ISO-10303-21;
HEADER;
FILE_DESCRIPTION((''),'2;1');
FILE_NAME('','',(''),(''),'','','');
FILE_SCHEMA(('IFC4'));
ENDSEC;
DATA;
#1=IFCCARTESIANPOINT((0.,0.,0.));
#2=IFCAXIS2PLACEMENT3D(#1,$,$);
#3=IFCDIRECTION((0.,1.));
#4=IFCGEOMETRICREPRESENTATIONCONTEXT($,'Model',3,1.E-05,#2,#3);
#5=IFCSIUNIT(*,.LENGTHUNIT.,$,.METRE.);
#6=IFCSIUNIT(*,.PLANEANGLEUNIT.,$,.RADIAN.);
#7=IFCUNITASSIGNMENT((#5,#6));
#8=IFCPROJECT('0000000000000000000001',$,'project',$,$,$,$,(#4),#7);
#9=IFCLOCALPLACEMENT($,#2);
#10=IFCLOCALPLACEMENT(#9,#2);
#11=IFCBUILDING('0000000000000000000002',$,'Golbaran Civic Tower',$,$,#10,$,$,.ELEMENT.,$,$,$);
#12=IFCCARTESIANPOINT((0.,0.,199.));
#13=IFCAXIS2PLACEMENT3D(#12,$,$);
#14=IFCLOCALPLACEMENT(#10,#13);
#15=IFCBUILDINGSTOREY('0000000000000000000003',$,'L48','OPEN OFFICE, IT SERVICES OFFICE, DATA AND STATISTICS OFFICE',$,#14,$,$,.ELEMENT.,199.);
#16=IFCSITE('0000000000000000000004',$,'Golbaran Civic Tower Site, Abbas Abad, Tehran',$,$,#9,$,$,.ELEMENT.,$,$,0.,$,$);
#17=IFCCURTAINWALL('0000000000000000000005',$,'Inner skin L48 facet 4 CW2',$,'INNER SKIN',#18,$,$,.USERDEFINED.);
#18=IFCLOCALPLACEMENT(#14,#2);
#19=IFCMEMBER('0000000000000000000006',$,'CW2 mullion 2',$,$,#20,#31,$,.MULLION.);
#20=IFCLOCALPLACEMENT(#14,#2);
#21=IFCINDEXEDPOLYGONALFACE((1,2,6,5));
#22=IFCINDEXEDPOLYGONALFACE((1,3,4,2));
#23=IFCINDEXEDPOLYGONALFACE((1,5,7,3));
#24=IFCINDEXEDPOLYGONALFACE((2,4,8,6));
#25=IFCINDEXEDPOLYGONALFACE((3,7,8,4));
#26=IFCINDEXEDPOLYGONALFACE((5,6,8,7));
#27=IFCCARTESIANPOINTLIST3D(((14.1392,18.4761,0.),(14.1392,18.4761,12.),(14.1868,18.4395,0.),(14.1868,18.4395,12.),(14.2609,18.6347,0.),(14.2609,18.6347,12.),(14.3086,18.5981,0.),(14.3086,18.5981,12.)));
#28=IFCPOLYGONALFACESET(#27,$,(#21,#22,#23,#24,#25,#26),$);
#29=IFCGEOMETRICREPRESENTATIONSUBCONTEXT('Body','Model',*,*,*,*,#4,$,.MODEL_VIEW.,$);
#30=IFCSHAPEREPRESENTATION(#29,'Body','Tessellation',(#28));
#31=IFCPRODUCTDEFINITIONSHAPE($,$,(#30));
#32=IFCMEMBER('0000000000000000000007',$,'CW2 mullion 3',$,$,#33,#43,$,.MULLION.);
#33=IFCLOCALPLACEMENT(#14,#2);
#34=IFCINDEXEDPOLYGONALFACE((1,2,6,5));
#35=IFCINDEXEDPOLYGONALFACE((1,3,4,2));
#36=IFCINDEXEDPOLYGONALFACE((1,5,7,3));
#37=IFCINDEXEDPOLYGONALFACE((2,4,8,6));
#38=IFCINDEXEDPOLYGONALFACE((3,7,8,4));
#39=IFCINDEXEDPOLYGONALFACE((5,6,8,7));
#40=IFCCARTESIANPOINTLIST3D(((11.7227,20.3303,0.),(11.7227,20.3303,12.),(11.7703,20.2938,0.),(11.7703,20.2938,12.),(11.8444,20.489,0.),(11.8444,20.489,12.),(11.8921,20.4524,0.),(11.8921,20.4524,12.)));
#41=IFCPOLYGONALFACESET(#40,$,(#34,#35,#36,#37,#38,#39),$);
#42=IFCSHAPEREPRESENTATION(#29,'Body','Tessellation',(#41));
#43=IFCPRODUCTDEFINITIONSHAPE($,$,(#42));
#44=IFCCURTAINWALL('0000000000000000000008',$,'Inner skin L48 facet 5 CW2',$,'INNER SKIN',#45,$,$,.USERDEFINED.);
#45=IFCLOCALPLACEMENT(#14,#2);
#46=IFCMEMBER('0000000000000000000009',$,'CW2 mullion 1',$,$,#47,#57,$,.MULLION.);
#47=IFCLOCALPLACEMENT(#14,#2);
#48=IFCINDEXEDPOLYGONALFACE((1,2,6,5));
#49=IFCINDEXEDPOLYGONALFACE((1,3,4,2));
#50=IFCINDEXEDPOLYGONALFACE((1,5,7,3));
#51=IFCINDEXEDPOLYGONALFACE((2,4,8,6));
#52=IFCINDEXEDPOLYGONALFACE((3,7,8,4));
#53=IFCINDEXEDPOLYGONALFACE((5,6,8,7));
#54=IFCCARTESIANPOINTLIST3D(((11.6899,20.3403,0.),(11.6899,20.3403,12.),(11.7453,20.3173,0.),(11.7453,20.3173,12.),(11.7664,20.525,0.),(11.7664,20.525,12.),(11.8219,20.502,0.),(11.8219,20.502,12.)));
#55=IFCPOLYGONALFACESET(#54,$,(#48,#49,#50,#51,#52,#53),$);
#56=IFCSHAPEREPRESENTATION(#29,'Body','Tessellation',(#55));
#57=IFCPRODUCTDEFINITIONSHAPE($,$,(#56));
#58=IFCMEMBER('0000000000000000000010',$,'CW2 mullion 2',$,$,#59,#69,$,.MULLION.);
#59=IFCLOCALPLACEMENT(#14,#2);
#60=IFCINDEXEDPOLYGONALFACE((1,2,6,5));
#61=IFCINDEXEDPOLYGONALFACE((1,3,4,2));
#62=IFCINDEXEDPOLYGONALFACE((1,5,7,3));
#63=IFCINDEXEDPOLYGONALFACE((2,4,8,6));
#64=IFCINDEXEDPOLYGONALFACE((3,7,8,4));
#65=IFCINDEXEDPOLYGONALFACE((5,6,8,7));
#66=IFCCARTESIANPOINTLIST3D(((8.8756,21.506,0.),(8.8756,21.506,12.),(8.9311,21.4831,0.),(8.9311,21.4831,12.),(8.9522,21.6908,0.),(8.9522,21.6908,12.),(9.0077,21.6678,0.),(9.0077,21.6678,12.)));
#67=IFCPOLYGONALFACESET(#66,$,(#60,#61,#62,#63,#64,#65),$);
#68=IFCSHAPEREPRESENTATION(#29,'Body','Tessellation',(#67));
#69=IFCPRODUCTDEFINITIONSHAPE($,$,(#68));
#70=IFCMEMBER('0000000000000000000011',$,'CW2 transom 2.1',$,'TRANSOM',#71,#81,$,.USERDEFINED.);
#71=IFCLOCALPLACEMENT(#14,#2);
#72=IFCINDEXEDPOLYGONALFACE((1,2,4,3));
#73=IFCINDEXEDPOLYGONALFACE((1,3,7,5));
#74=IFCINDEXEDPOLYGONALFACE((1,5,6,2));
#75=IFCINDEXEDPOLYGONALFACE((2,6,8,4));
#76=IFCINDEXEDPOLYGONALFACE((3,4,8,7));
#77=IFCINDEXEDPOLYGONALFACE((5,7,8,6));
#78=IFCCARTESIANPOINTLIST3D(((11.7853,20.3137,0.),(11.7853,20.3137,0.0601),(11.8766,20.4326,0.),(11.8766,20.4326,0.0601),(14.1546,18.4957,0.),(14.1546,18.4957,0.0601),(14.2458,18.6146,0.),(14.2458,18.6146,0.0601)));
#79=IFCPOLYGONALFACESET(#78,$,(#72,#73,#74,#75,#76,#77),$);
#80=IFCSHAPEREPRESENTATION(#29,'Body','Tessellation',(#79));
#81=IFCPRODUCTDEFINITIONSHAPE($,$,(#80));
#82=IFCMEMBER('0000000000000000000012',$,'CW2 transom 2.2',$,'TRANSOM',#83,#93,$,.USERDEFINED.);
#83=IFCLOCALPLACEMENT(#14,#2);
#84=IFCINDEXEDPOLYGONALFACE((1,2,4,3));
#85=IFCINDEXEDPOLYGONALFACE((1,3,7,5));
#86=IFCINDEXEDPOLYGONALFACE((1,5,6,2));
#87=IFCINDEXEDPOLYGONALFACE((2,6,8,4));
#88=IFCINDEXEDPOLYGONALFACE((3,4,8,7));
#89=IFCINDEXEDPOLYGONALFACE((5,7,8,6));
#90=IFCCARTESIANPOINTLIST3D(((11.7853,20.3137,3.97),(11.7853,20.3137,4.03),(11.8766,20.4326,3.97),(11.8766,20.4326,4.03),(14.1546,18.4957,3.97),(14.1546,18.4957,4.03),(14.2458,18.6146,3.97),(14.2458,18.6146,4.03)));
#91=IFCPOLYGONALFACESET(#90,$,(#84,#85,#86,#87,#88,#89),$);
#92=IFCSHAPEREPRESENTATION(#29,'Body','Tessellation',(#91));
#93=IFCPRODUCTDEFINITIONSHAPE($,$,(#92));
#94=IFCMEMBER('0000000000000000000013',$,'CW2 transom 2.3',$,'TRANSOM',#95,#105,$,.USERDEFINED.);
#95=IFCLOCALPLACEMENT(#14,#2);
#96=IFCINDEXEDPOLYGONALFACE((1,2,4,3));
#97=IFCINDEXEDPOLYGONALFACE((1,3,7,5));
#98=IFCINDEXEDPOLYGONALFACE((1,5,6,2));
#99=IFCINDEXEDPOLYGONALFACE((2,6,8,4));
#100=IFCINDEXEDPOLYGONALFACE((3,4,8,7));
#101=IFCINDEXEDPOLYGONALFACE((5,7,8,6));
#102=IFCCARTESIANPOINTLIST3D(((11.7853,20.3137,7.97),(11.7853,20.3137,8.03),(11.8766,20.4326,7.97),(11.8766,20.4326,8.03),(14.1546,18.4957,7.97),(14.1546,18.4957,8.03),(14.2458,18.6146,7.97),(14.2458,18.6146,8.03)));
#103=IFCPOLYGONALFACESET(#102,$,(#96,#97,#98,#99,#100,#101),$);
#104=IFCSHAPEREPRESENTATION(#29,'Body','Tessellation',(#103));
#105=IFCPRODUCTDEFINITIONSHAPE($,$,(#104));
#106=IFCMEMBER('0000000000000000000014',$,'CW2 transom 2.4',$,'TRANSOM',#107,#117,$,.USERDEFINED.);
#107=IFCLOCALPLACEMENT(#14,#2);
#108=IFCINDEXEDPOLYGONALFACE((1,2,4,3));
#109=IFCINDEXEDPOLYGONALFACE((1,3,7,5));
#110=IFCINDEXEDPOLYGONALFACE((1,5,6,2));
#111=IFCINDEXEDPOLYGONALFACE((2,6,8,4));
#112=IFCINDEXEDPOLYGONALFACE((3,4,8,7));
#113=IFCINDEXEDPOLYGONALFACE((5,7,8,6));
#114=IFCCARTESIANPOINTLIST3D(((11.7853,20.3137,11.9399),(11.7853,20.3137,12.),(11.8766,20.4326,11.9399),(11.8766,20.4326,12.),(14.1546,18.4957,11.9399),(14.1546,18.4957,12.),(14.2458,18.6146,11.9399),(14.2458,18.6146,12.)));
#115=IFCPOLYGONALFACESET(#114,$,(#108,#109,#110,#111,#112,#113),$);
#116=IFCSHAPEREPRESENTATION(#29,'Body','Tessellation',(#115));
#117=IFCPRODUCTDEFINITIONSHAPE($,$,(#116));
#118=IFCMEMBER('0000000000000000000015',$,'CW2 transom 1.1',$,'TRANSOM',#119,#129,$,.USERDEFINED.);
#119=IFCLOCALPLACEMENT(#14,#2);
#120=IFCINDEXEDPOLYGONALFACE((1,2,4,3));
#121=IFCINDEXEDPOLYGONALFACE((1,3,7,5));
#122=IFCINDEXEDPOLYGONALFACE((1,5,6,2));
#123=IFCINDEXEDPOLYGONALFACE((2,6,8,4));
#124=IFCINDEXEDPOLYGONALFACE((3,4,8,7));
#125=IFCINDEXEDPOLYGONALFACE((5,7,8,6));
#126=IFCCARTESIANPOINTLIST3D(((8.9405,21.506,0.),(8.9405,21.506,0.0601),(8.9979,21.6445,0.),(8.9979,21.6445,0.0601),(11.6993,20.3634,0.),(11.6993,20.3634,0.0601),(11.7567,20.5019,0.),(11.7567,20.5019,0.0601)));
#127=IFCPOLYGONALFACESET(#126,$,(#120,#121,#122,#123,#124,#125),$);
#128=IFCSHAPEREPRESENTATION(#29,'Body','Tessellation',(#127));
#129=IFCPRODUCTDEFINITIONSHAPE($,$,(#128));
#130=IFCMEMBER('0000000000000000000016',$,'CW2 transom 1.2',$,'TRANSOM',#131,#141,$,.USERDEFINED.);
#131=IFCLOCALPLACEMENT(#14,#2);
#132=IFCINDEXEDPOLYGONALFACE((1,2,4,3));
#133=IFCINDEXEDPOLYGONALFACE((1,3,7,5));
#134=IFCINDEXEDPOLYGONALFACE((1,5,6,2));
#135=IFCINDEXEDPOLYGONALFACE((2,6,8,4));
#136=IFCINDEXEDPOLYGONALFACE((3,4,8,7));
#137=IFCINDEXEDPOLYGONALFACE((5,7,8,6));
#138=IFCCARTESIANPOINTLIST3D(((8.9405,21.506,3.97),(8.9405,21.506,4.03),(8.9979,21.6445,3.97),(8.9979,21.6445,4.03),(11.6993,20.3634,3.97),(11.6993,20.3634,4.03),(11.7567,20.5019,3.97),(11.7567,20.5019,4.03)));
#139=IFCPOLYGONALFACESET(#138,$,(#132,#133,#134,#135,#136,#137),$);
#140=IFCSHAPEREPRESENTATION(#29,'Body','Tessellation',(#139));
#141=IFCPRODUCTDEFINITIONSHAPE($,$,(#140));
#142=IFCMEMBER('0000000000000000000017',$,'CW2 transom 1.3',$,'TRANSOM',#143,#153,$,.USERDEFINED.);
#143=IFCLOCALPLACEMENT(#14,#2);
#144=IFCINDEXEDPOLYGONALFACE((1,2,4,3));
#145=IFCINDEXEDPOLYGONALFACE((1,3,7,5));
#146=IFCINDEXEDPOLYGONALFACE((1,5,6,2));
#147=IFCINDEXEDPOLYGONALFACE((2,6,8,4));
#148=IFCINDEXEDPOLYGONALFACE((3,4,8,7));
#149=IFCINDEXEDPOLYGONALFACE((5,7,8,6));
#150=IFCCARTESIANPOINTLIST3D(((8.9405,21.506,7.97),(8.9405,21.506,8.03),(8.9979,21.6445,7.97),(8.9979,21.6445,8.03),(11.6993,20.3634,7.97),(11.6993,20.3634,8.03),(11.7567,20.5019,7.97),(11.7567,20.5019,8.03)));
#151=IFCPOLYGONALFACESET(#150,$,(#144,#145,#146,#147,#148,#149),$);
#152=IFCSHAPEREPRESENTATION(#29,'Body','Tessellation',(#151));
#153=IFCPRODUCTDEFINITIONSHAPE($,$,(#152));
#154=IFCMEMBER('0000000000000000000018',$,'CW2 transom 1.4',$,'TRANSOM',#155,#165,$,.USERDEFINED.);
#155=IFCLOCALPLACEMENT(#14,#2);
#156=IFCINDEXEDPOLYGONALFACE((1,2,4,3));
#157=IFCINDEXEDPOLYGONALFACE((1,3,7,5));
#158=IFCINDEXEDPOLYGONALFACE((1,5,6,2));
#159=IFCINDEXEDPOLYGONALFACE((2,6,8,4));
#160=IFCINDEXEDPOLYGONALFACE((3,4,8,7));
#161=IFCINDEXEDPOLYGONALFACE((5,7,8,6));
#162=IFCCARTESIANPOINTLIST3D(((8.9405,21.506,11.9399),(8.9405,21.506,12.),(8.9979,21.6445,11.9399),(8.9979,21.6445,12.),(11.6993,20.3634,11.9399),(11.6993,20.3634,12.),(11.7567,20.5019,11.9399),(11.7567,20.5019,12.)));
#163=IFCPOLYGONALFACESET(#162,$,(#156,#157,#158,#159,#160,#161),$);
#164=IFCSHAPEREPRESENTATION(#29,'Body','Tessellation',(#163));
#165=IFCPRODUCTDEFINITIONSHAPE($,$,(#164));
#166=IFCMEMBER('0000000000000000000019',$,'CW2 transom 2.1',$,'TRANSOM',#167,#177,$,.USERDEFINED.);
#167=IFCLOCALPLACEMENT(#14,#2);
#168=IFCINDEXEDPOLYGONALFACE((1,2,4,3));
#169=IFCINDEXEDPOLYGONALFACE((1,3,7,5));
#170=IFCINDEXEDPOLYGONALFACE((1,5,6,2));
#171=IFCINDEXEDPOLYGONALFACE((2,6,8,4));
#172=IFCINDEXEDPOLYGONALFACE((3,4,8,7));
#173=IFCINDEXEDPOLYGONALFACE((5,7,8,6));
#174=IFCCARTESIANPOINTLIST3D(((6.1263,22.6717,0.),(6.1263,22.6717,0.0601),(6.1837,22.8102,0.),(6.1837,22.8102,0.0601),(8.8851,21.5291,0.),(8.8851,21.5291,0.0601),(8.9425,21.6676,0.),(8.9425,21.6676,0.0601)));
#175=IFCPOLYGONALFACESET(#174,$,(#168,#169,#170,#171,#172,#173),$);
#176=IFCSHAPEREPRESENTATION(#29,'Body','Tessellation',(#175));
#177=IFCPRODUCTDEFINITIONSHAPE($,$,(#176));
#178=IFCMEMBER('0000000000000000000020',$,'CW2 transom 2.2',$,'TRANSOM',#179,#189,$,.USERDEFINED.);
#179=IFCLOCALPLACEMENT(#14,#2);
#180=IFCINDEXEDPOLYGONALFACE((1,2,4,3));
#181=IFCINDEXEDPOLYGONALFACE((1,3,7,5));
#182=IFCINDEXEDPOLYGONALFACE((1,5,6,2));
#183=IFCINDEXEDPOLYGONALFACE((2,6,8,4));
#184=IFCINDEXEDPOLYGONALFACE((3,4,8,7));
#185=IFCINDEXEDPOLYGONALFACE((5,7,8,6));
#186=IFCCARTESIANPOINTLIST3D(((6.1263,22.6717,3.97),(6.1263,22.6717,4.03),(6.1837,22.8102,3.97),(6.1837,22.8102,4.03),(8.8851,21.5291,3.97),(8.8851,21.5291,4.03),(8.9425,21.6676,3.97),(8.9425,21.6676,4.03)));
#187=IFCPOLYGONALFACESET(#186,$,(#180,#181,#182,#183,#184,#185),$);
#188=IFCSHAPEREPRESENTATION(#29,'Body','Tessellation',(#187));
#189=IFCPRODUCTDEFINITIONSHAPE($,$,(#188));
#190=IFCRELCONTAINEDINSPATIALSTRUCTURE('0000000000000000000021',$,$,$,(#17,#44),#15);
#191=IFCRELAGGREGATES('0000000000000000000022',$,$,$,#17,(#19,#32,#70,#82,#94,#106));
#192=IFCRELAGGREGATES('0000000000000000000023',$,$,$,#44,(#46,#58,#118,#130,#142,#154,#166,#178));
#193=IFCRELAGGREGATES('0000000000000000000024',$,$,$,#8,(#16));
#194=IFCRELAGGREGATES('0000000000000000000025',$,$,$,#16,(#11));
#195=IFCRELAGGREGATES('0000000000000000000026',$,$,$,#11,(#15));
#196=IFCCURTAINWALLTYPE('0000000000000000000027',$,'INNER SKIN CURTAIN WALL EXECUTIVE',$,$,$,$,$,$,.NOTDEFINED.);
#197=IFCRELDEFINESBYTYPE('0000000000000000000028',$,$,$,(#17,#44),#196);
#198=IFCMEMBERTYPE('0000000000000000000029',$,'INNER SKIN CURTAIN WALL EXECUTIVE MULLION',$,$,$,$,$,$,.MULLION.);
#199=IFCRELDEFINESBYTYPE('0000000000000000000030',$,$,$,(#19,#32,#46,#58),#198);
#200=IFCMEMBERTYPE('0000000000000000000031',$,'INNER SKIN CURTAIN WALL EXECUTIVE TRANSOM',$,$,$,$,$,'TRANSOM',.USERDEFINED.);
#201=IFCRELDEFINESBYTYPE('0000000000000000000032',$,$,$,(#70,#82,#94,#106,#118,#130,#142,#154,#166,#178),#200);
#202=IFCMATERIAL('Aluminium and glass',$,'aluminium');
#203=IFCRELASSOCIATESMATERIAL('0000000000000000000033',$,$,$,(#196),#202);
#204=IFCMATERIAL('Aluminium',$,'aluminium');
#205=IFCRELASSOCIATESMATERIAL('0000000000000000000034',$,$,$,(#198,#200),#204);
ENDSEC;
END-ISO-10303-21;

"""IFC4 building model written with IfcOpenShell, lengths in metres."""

from ifc_helpers import new_model, si_unit, direction, frame, origin, origin_2d, place, context, subcontext, project, spatial, rectangle, extrude, material, material_profile, profile_set, type_object, element, aggregate, save


model = new_model("IFC4")

# Units and contexts
model_context = context("Model", 3, precision=1e-05, world=origin(), true_north=direction((0.0, 1.0)))
body_context = subcontext(model_context, "Body", "Model", "MODEL_VIEW")
ifc_project = project(units=[si_unit("LENGTHUNIT", "METRE"), si_unit("PLANEANGLEUNIT", "RADIAN")], contexts=[model_context])

# Site, building, storey
site_placement = place(None, origin())
site = spatial("IfcSite", under=ifc_project, at=site_placement, Name="Golbaran Civic Tower Site, Abbas Abad, Tehran", CompositionType="ELEMENT", RefElevation=0.0)
building_placement = place(site_placement, origin())
building = spatial("IfcBuilding", under=site, at=building_placement, Name="Golbaran Civic Tower", CompositionType="ELEMENT")
storey_placement = place(building_placement, frame((0.0, 0.0, 199.0)))
storey = spatial("IfcBuildingStorey", under=building, at=storey_placement, Name="L48", Description="OPEN OFFICE, IT SERVICES OFFICE, DATA AND STATISTICS OFFICE", CompositionType="ELEMENT", Elevation=199.0)

# Curtain walls, members
ifc_material_1 = material(Name="Aluminium and glass", Category="aluminium")
curtain_wall_type_1 = type_object("IfcCurtainWallType", Name="INNER SKIN CURTAIN WALL EXECUTIVE", PredefinedType="NOTDEFINED", material=ifc_material_1)
curtain_wall_1_placement = place(storey_placement, origin())
curtain_wall_1 = element("IfcCurtainWall", 1, at=curtain_wall_1_placement, inside=storey, type_object=curtain_wall_type_1, Name="Inner skin L48 facet 4 CW2", ObjectType="INNER SKIN", PredefinedType="USERDEFINED")
ifc_material_2 = material(Name="Aluminium", Category="aluminium")
ifc_material_profile_1 = material_profile(ifc_material_2, rectangle(XDim=0.2, YDim=0.0601, at=origin_2d()), Name="INNER SKIN CURTAIN WALL EXECUTIVE MULLION")
ifc_profile_set_1 = profile_set([ifc_material_profile_1], Name="Aluminium")
member_type_1 = type_object("IfcMemberType", Name="INNER SKIN CURTAIN WALL EXECUTIVE MULLION", PredefinedType="MULLION", material=ifc_profile_set_1)
member_1_placement = place(storey_placement, frame((14.2239, 18.5371, 0.0), z_axis=(0.0, 0.0, 1.0), x_axis=(-0.608761, -0.793353, 0.0)))
member_1 = element("IfcMember", 2, at=member_1_placement, type_object=member_type_1, Name="CW2 mullion 2", PredefinedType="MULLION", context=body_context, shape_type="SweptSolid", body=[
    extrude(rectangle(XDim=0.2, YDim=0.0601, at=origin_2d()), origin(), (0.0, 0.0, 1.0), 12.0),
])
member_2_placement = place(storey_placement, frame((11.8074, 20.3914, 0.0), z_axis=(0.0, 0.0, 1.0), x_axis=(-0.608761, -0.793353, 0.0)))
member_2 = element("IfcMember", 3, at=member_2_placement, type_object=member_type_1, Name="CW2 mullion 3", PredefinedType="MULLION", context=body_context, shape_type="SweptSolid", body=[
    extrude(rectangle(XDim=0.2, YDim=0.0601, at=origin_2d()), origin(), (0.0, 0.0, 1.0), 12.0),
])
curtain_wall_2_placement = place(storey_placement, origin())
curtain_wall_2 = element("IfcCurtainWall", 4, at=curtain_wall_2_placement, inside=storey, type_object=curtain_wall_type_1, Name="Inner skin L48 facet 5 CW2", ObjectType="INNER SKIN", PredefinedType="USERDEFINED")
member_3_placement = place(storey_placement, frame((11.7559, 20.4211, 0.0), z_axis=(0.0, 0.0, 1.0), x_axis=(-0.382683, -0.92388, 0.0)))
member_3 = element("IfcMember", 5, at=member_3_placement, type_object=member_type_1, Name="CW2 mullion 1", PredefinedType="MULLION", context=body_context, shape_type="SweptSolid", body=[
    extrude(rectangle(XDim=0.2, YDim=0.0601, at=origin_2d()), origin(), (0.0, 0.0, 1.0), 12.0),
])
member_4_placement = place(storey_placement, frame((8.9417, 21.5869, 0.0), z_axis=(0.0, 0.0, 1.0), x_axis=(-0.382683, -0.92388, 0.0)))
member_4 = element("IfcMember", 6, at=member_4_placement, type_object=member_type_1, Name="CW2 mullion 2", PredefinedType="MULLION", context=body_context, shape_type="SweptSolid", body=[
    extrude(rectangle(XDim=0.2, YDim=0.0601, at=origin_2d()), origin(), (0.0, 0.0, 1.0), 12.0),
])

# Members
ifc_material_profile_2 = material_profile(ifc_material_2, rectangle(XDim=0.1499, YDim=0.0601, at=origin_2d()), Name="INNER SKIN CURTAIN WALL EXECUTIVE TRANSOM")
ifc_profile_set_2 = profile_set([ifc_material_profile_2], Name="Aluminium")
member_type_2 = type_object("IfcMemberType", Name="INNER SKIN CURTAIN WALL EXECUTIVE TRANSOM", ElementType="TRANSOM", PredefinedType="USERDEFINED", material=ifc_profile_set_2)
member_5_placement = place(storey_placement, frame((14.2002, 18.5552, 0.03), z_axis=(-0.793359, 0.608754, 0.0), x_axis=(-0.608754, -0.793359, 0.0)))
member_5 = element("IfcMember", 7, at=member_5_placement, type_object=member_type_2, Name="CW2 transom 2.1", ObjectType="TRANSOM", PredefinedType="USERDEFINED", context=body_context, shape_type="SweptSolid", body=[
    extrude(rectangle(XDim=0.1499, YDim=0.0601, at=origin_2d()), origin(), (0.0, 0.0, 1.0), 2.9863),
])
member_6_placement = place(storey_placement, frame((14.2002, 18.5552, 4.0), z_axis=(-0.793359, 0.608754, 0.0), x_axis=(-0.608754, -0.793359, 0.0)))
member_6 = element("IfcMember", 8, at=member_6_placement, type_object=member_type_2, Name="CW2 transom 2.2", ObjectType="TRANSOM", PredefinedType="USERDEFINED", context=body_context, shape_type="SweptSolid", body=[
    extrude(rectangle(XDim=0.1499, YDim=0.0601, at=origin_2d()), origin(), (0.0, 0.0, 1.0), 2.9863),
])
member_7_placement = place(storey_placement, frame((14.2002, 18.5552, 8.0), z_axis=(-0.793359, 0.608754, 0.0), x_axis=(-0.608754, -0.793359, 0.0)))
member_7 = element("IfcMember", 9, at=member_7_placement, type_object=member_type_2, Name="CW2 transom 2.3", ObjectType="TRANSOM", PredefinedType="USERDEFINED", context=body_context, shape_type="SweptSolid", body=[
    extrude(rectangle(XDim=0.1499, YDim=0.0601, at=origin_2d()), origin(), (0.0, 0.0, 1.0), 2.9863),
])
member_8_placement = place(storey_placement, frame((14.2002, 18.5552, 11.97), z_axis=(-0.793359, 0.608754, 0.0), x_axis=(-0.608754, -0.793359, 0.0)))
member_8 = element("IfcMember", 10, at=member_8_placement, type_object=member_type_2, Name="CW2 transom 2.4", ObjectType="TRANSOM", PredefinedType="USERDEFINED", context=body_context, shape_type="SweptSolid", body=[
    extrude(rectangle(XDim=0.1499, YDim=0.0601, at=origin_2d()), origin(), (0.0, 0.0, 1.0), 2.9863),
])
member_9_placement = place(storey_placement, frame((11.728, 20.4326, 0.03), z_axis=(-0.923897, 0.382641, 0.0), x_axis=(-0.382641, -0.923897, 0.0)))
member_9 = element("IfcMember", 11, at=member_9_placement, type_object=member_type_2, Name="CW2 transom 1.1", ObjectType="TRANSOM", PredefinedType="USERDEFINED", context=body_context, shape_type="SweptSolid", body=[
    extrude(rectangle(XDim=0.1499, YDim=0.0601, at=origin_2d()), origin(), (0.0, 0.0, 1.0), 2.9861),
])
member_10_placement = place(storey_placement, frame((11.728, 20.4326, 4.0), z_axis=(-0.923897, 0.382641, 0.0), x_axis=(-0.382641, -0.923897, 0.0)))
member_10 = element("IfcMember", 12, at=member_10_placement, type_object=member_type_2, Name="CW2 transom 1.2", ObjectType="TRANSOM", PredefinedType="USERDEFINED", context=body_context, shape_type="SweptSolid", body=[
    extrude(rectangle(XDim=0.1499, YDim=0.0601, at=origin_2d()), origin(), (0.0, 0.0, 1.0), 2.9861),
])
member_11_placement = place(storey_placement, frame((11.728, 20.4326, 8.0), z_axis=(-0.923897, 0.382641, 0.0), x_axis=(-0.382641, -0.923897, 0.0)))
member_11 = element("IfcMember", 13, at=member_11_placement, type_object=member_type_2, Name="CW2 transom 1.3", ObjectType="TRANSOM", PredefinedType="USERDEFINED", context=body_context, shape_type="SweptSolid", body=[
    extrude(rectangle(XDim=0.1499, YDim=0.0601, at=origin_2d()), origin(), (0.0, 0.0, 1.0), 2.9861),
])
member_12_placement = place(storey_placement, frame((11.728, 20.4326, 11.97), z_axis=(-0.923897, 0.382641, 0.0), x_axis=(-0.382641, -0.923897, 0.0)))
member_12 = element("IfcMember", 14, at=member_12_placement, type_object=member_type_2, Name="CW2 transom 1.4", ObjectType="TRANSOM", PredefinedType="USERDEFINED", context=body_context, shape_type="SweptSolid", body=[
    extrude(rectangle(XDim=0.1499, YDim=0.0601, at=origin_2d()), origin(), (0.0, 0.0, 1.0), 2.9861),
])
member_13_placement = place(storey_placement, frame((8.9138, 21.5984, 0.03), z_axis=(-0.923897, 0.382641, 0.0), x_axis=(-0.382641, -0.923897, 0.0)))
member_13 = element("IfcMember", 15, at=member_13_placement, type_object=member_type_2, Name="CW2 transom 2.1", ObjectType="TRANSOM", PredefinedType="USERDEFINED", context=body_context, shape_type="SweptSolid", body=[
    extrude(rectangle(XDim=0.1499, YDim=0.0601, at=origin_2d()), origin(), (0.0, 0.0, 1.0), 2.9861),
])
member_14_placement = place(storey_placement, frame((8.9138, 21.5984, 4.0), z_axis=(-0.923897, 0.382641, 0.0), x_axis=(-0.382641, -0.923897, 0.0)))
member_14 = element("IfcMember", 16, at=member_14_placement, type_object=member_type_2, Name="CW2 transom 2.2", ObjectType="TRANSOM", PredefinedType="USERDEFINED", context=body_context, shape_type="SweptSolid", body=[
    extrude(rectangle(XDim=0.1499, YDim=0.0601, at=origin_2d()), origin(), (0.0, 0.0, 1.0), 2.9861),
])

aggregate(curtain_wall_1, [member_1, member_2, member_5, member_6, member_7, member_8])
aggregate(curtain_wall_2, [member_3, member_4, member_9, member_10, member_11, member_12, member_13, member_14])

save(model, "model.ifc")
